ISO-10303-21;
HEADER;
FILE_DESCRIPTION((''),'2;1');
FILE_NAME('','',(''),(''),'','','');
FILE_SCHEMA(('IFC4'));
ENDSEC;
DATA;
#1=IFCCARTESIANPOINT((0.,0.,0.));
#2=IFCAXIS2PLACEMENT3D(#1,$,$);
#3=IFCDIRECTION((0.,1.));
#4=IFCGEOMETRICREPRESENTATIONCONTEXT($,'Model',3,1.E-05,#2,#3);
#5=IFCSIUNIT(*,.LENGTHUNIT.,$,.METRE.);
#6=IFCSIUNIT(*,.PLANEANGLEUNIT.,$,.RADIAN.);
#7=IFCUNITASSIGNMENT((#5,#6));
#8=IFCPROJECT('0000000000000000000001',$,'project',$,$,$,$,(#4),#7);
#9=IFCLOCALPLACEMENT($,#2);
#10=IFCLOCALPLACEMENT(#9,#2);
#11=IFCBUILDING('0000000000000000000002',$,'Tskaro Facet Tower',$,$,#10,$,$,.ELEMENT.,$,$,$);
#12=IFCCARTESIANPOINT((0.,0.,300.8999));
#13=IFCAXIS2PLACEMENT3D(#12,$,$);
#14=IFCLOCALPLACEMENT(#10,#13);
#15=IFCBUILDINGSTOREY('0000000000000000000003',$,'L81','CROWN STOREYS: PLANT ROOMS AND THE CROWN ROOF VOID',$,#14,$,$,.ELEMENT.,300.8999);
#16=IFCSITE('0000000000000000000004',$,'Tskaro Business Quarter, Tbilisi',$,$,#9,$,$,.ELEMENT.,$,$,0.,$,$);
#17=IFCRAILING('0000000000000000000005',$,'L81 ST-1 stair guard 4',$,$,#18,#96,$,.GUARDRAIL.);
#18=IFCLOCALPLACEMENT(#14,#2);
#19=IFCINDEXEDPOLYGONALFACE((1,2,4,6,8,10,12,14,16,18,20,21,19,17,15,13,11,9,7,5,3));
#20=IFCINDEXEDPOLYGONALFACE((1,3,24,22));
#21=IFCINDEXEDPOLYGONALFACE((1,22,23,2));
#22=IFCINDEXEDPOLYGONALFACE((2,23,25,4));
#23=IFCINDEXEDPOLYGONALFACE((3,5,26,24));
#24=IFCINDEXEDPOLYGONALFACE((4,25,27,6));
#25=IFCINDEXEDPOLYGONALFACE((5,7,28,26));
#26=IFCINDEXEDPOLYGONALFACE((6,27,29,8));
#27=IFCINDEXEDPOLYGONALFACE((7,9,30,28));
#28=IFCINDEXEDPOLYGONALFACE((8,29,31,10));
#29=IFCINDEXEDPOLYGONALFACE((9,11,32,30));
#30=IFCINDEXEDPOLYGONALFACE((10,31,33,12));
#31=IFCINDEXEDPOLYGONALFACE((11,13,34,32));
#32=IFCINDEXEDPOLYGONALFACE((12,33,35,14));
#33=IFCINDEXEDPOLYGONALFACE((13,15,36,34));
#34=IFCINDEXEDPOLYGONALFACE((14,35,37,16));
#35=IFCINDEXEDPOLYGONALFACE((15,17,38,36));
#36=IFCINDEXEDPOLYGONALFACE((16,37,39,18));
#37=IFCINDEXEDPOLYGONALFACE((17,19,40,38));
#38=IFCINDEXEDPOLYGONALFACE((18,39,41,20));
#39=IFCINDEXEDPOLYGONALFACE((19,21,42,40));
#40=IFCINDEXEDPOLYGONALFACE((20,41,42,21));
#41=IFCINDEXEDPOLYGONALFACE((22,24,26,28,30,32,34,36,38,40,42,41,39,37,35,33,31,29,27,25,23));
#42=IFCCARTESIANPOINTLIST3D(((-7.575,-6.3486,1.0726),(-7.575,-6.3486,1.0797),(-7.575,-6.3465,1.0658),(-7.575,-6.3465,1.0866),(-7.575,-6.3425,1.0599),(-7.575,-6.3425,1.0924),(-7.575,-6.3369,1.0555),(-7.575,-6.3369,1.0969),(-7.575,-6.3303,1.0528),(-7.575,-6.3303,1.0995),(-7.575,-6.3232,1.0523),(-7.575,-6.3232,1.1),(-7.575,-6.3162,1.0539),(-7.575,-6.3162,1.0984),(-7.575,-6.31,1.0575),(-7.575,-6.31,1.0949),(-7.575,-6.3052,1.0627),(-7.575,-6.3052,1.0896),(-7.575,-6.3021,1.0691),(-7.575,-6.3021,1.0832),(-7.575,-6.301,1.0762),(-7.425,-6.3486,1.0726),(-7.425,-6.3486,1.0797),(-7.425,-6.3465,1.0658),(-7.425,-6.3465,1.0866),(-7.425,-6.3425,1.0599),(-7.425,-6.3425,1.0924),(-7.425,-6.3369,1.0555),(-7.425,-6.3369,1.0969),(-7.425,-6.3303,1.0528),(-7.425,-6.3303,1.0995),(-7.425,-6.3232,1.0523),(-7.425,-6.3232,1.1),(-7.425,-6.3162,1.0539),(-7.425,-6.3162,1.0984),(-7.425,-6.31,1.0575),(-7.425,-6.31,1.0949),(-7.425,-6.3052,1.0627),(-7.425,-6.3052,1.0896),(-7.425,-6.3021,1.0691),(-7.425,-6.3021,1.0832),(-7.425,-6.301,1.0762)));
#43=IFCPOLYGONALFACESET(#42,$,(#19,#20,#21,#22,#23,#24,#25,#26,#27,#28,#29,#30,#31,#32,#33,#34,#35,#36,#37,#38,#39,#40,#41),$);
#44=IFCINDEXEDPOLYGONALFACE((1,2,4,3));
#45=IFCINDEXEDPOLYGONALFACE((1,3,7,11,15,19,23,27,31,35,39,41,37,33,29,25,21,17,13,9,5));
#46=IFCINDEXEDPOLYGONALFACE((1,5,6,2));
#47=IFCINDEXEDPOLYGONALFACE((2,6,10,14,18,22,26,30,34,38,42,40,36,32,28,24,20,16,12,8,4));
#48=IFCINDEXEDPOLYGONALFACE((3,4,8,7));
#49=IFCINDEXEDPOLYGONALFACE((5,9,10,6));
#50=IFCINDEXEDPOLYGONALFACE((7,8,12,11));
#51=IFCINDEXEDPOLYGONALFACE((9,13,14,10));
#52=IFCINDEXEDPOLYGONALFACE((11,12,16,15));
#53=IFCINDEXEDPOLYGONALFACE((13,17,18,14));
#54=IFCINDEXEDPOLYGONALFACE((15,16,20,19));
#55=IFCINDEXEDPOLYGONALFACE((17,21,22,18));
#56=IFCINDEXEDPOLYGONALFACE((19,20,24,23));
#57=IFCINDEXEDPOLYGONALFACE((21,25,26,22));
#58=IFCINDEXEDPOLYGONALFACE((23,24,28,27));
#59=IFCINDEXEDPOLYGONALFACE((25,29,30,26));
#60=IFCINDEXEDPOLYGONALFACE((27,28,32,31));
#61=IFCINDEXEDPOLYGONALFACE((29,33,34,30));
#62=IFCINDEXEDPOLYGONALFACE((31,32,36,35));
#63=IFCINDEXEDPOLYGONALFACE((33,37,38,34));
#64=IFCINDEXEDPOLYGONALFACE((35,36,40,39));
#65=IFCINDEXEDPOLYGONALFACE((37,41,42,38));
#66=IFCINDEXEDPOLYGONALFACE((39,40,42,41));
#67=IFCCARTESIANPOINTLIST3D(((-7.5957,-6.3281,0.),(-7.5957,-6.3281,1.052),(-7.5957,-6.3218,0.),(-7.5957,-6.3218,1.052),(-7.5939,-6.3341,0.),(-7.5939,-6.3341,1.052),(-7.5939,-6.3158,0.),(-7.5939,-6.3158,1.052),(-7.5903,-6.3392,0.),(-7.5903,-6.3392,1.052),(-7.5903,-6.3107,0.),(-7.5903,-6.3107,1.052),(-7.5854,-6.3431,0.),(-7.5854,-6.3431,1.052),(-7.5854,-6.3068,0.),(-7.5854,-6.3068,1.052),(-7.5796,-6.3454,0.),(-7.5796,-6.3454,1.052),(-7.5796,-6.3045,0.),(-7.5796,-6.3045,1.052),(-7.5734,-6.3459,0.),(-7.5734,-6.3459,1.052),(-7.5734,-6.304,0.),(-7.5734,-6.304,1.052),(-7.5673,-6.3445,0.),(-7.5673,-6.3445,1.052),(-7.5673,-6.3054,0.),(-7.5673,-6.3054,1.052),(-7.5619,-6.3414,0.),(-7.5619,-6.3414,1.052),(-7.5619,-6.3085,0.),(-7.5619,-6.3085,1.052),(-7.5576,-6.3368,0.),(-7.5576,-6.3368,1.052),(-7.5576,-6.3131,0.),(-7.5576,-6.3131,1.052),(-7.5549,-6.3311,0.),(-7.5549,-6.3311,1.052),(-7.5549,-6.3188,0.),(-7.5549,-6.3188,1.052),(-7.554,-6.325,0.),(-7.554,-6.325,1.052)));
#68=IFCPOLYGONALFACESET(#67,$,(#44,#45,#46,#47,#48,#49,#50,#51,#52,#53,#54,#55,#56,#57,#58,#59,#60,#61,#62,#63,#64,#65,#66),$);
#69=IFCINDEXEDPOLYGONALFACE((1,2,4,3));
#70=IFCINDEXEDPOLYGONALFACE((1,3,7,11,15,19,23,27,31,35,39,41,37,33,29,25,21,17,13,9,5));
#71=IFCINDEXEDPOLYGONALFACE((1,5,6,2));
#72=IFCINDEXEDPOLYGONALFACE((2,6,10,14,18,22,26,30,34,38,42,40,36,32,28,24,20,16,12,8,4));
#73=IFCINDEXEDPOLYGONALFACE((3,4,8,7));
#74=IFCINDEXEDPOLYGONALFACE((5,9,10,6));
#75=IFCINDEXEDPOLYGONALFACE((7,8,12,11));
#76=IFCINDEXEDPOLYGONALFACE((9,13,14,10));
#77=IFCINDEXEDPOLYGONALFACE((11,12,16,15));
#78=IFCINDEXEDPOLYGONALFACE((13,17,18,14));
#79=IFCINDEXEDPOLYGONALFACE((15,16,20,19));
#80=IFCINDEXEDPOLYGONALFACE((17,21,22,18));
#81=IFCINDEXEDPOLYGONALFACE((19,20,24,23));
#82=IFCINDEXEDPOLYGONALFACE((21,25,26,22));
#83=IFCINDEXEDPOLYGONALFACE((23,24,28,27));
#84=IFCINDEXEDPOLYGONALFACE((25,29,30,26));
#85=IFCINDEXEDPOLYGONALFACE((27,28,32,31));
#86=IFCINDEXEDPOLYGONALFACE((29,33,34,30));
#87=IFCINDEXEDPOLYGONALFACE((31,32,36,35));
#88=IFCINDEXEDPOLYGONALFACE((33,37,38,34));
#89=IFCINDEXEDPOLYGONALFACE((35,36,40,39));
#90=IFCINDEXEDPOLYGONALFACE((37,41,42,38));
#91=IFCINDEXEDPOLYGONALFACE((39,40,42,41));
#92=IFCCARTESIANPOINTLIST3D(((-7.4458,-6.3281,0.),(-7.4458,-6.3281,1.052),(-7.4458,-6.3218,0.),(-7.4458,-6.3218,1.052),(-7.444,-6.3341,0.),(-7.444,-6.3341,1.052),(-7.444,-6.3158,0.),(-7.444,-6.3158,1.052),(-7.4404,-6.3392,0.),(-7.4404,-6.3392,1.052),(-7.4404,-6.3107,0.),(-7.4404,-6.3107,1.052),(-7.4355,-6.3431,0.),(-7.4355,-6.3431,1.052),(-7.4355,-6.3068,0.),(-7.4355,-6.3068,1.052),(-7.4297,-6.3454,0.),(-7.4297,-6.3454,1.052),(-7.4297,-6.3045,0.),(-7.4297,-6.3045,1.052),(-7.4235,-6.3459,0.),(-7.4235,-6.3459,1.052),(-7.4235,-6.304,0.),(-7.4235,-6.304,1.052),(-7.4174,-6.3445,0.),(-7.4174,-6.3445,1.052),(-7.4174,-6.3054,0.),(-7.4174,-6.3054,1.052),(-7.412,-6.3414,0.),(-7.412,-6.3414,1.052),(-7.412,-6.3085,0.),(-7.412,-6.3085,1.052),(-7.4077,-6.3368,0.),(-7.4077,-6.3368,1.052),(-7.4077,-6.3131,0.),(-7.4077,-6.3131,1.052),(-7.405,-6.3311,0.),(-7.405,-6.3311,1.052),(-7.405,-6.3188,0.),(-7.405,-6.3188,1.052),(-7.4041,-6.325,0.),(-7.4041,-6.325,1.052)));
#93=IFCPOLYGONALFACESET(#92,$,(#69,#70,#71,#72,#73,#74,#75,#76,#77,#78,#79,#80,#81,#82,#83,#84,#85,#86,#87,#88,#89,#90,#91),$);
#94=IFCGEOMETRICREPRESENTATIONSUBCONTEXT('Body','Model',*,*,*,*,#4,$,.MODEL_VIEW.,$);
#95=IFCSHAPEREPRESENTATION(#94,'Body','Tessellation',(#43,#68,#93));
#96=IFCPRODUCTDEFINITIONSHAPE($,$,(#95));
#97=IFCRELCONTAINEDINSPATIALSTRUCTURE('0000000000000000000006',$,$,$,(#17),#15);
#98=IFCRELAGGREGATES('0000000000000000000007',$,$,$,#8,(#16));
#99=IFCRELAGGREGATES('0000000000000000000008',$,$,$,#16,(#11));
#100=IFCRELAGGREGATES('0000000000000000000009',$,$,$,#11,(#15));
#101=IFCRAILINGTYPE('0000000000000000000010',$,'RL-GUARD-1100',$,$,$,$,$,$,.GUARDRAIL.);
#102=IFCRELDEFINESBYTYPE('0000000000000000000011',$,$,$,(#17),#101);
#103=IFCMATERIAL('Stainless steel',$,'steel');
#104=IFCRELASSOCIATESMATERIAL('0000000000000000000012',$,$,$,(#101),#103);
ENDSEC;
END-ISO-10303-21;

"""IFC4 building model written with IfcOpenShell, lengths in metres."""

from ifc_helpers import new_model, si_unit, direction, frame, origin, origin_2d, place, context, subcontext, project, spatial, circle, extrude, material, type_object, element, save


model = new_model("IFC4")

# Units and contexts
model_context = context("Model", 3, precision=1e-05, world=origin(), true_north=direction((0.0, 1.0)))
body_context = subcontext(model_context, "Body", "Model", "MODEL_VIEW")
ifc_project = project(units=[si_unit("LENGTHUNIT", "METRE"), si_unit("PLANEANGLEUNIT", "RADIAN")], contexts=[model_context])

# Site, building, storey
site_placement = place(None, origin())
site = spatial("IfcSite", under=ifc_project, at=site_placement, Name="Tskaro Business Quarter, Tbilisi", CompositionType="ELEMENT", RefElevation=0.0)
building_placement = place(site_placement, origin())
building = spatial("IfcBuilding", under=site, at=building_placement, Name="Tskaro Facet Tower", CompositionType="ELEMENT")
storey_placement = place(building_placement, frame((0.0, 0.0, 300.8999)))
storey = spatial("IfcBuildingStorey", under=building, at=storey_placement, Name="L81", Description="CROWN STOREYS: PLANT ROOMS AND THE CROWN ROOF VOID", CompositionType="ELEMENT", Elevation=300.8999)

# Shared definitions
ifc_material_1 = material(Name="Stainless steel", Category="steel")

# Railing
railing_type_1 = type_object("IfcRailingType", Name="RL-GUARD-1100", PredefinedType="GUARDRAIL", material=ifc_material_1)
railing_1_placement = place(storey_placement, frame((-7.575, -6.325, 0.0)))
element("IfcRailing", 1, at=railing_1_placement, inside=storey, type_object=railing_type_1, Name="L81 ST-1 stair guard 4", PredefinedType="GUARDRAIL", context=body_context, shape_type="SweptSolid", body=[
    extrude(circle(Radius=0.0239, at=origin_2d()), frame((0.0, 0.0, 1.0762), z_axis=(1.0, 0.0, 0.0), x_axis=(0.0, 1.0, 0.0)), (0.0, 0.0, 1.0), 0.1499),
    extrude(circle(Radius=0.021, at=origin_2d()), origin(), (0.0, 0.0, 1.0), 1.052),
    extrude(circle(Radius=0.021, at=origin_2d()), frame((0.1499, 0.0, 0.0)), (0.0, 0.0, 1.0), 1.052),
])

save(model, "model.ifc")
